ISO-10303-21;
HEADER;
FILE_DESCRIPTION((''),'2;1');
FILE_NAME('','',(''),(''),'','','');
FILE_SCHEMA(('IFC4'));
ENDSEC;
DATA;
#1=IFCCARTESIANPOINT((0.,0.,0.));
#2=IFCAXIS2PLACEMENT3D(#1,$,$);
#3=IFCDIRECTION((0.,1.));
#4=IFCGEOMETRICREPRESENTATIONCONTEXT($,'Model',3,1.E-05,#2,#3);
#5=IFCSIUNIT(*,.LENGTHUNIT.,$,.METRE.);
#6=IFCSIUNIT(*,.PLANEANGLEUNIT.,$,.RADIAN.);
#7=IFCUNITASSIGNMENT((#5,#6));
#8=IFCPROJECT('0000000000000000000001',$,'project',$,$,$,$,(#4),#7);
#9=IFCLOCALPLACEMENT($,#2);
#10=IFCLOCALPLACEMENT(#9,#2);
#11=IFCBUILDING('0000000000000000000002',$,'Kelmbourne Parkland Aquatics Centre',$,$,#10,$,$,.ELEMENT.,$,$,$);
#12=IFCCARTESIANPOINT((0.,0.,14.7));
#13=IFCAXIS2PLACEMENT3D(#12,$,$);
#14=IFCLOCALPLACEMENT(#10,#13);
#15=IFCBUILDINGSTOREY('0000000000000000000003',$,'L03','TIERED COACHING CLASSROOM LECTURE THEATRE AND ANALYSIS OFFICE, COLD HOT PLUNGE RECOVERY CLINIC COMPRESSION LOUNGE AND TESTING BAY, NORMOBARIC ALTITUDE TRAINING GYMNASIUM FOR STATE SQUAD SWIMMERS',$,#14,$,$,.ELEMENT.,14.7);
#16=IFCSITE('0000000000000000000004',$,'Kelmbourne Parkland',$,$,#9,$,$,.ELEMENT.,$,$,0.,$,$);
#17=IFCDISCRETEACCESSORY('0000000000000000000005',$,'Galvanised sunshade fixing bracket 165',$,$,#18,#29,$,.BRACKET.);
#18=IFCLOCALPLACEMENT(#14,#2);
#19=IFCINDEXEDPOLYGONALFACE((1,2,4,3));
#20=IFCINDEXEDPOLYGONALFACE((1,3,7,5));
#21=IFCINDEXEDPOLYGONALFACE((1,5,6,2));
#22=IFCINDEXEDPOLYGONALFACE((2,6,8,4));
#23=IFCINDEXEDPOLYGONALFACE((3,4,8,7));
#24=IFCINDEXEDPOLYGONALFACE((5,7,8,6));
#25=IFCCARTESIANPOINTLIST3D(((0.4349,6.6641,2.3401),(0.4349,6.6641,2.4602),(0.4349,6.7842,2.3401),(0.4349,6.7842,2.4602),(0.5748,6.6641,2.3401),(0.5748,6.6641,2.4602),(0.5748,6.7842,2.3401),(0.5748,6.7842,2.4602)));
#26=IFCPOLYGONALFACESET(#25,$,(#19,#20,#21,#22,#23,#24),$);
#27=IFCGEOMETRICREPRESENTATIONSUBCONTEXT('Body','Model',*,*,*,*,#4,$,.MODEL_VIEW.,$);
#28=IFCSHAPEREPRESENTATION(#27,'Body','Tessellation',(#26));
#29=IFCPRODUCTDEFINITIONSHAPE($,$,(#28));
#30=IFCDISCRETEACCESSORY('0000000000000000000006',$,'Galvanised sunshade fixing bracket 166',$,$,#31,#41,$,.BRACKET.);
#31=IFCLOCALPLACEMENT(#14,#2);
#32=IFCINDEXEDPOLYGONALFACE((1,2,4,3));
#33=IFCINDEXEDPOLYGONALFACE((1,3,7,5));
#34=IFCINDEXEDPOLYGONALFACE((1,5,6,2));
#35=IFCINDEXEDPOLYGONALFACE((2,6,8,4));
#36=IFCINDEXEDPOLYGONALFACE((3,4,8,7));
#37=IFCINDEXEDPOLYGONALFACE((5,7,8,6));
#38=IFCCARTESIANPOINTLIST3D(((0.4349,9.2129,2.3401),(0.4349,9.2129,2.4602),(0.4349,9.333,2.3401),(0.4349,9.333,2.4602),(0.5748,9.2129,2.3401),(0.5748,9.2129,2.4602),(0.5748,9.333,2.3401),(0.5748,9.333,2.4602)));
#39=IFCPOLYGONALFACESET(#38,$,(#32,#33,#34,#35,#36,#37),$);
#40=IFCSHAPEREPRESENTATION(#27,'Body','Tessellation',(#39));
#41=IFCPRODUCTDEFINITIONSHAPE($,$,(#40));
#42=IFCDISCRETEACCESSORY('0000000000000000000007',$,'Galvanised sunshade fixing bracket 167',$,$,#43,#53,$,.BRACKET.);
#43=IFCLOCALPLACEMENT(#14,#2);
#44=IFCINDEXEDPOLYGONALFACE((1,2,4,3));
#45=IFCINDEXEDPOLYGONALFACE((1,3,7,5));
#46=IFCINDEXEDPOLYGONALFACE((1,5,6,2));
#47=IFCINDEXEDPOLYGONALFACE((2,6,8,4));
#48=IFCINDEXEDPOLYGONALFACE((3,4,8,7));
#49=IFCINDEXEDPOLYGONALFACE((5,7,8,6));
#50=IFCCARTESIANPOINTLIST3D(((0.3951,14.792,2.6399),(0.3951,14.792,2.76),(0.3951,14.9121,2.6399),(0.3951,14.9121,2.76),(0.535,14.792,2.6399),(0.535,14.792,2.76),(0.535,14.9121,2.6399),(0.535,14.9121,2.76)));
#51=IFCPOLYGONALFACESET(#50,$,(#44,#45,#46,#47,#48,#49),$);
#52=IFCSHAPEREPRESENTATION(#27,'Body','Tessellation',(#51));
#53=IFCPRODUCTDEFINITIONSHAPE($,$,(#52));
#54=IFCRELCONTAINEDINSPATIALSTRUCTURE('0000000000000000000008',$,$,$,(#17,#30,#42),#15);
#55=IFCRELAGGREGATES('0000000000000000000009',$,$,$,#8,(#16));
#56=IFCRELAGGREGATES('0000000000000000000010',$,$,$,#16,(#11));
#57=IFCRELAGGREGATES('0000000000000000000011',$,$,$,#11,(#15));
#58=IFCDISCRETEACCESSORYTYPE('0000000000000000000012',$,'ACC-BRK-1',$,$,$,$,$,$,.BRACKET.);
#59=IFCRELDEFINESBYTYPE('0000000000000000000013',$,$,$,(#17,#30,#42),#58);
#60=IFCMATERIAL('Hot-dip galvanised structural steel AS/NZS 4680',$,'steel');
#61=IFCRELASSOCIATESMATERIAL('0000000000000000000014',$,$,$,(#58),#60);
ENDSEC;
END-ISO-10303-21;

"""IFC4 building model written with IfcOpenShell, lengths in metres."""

from ifc_helpers import new_model, si_unit, direction, frame, origin, origin_2d, place, context, subcontext, project, spatial, rectangle, extrude, material, type_object, element, save


model = new_model("IFC4")

# Units and contexts
model_context = context("Model", 3, precision=1e-05, world=origin(), true_north=direction((0.0, 1.0)))
body_context = subcontext(model_context, "Body", "Model", "MODEL_VIEW")
ifc_project = project(units=[si_unit("LENGTHUNIT", "METRE"), si_unit("PLANEANGLEUNIT", "RADIAN")], contexts=[model_context])

# Site, building, storey
site_placement = place(None, origin())
site = spatial("IfcSite", under=ifc_project, at=site_placement, Name="Kelmbourne Parkland", CompositionType="ELEMENT", RefElevation=0.0)
building_placement = place(site_placement, origin())
building = spatial("IfcBuilding", under=site, at=building_placement, Name="Kelmbourne Parkland Aquatics Centre", CompositionType="ELEMENT")
storey_placement = place(building_placement, frame((0.0, 0.0, 14.7)))
storey = spatial("IfcBuildingStorey", under=building, at=storey_placement, Name="L03", Description="TIERED COACHING CLASSROOM LECTURE THEATRE AND ANALYSIS OFFICE, COLD HOT PLUNGE RECOVERY CLINIC COMPRESSION LOUNGE AND TESTING BAY, NORMOBARIC ALTITUDE TRAINING GYMNASIUM FOR STATE SQUAD SWIMMERS", CompositionType="ELEMENT", Elevation=14.7)

# Discrete accessories
ifc_material_1 = material(Name="Hot-dip galvanised structural steel AS/NZS 4680", Category="steel")
discrete_accessory_type = type_object("IfcDiscreteAccessoryType", Name="ACC-BRK-1", PredefinedType="BRACKET", material=ifc_material_1)
for number, where, z_axis, x_axis, name in (
    (1, (0.5049, 6.7241, 2.3401), (0.0, 0.0, 1.0), (0.0, 1.0, 0.0), "Galvanised sunshade fixing bracket 165"),
    (2, (0.5049, 9.2729, 2.3401), (0.0, 0.0, 1.0), (0.0, 1.0, 0.0), "Galvanised sunshade fixing bracket 166"),
    (3, (0.4651, 14.8521, 2.6399), (0.0, 0.0, 1.0), (0.0, 1.0, 0.0), "Galvanised sunshade fixing bracket 167"),
):
    element("IfcDiscreteAccessory", number, at=place(storey_placement, frame(where, z_axis=z_axis, x_axis=x_axis)), inside=storey, type_object=discrete_accessory_type, Name=name, PredefinedType="BRACKET", context=body_context, shape_type="SweptSolid", body=[
        extrude(rectangle(XDim=0.1201, YDim=0.1399, at=origin_2d()), origin(), (0.0, 0.0, 1.0), 0.1201),
    ])

save(model, "model.ifc")
